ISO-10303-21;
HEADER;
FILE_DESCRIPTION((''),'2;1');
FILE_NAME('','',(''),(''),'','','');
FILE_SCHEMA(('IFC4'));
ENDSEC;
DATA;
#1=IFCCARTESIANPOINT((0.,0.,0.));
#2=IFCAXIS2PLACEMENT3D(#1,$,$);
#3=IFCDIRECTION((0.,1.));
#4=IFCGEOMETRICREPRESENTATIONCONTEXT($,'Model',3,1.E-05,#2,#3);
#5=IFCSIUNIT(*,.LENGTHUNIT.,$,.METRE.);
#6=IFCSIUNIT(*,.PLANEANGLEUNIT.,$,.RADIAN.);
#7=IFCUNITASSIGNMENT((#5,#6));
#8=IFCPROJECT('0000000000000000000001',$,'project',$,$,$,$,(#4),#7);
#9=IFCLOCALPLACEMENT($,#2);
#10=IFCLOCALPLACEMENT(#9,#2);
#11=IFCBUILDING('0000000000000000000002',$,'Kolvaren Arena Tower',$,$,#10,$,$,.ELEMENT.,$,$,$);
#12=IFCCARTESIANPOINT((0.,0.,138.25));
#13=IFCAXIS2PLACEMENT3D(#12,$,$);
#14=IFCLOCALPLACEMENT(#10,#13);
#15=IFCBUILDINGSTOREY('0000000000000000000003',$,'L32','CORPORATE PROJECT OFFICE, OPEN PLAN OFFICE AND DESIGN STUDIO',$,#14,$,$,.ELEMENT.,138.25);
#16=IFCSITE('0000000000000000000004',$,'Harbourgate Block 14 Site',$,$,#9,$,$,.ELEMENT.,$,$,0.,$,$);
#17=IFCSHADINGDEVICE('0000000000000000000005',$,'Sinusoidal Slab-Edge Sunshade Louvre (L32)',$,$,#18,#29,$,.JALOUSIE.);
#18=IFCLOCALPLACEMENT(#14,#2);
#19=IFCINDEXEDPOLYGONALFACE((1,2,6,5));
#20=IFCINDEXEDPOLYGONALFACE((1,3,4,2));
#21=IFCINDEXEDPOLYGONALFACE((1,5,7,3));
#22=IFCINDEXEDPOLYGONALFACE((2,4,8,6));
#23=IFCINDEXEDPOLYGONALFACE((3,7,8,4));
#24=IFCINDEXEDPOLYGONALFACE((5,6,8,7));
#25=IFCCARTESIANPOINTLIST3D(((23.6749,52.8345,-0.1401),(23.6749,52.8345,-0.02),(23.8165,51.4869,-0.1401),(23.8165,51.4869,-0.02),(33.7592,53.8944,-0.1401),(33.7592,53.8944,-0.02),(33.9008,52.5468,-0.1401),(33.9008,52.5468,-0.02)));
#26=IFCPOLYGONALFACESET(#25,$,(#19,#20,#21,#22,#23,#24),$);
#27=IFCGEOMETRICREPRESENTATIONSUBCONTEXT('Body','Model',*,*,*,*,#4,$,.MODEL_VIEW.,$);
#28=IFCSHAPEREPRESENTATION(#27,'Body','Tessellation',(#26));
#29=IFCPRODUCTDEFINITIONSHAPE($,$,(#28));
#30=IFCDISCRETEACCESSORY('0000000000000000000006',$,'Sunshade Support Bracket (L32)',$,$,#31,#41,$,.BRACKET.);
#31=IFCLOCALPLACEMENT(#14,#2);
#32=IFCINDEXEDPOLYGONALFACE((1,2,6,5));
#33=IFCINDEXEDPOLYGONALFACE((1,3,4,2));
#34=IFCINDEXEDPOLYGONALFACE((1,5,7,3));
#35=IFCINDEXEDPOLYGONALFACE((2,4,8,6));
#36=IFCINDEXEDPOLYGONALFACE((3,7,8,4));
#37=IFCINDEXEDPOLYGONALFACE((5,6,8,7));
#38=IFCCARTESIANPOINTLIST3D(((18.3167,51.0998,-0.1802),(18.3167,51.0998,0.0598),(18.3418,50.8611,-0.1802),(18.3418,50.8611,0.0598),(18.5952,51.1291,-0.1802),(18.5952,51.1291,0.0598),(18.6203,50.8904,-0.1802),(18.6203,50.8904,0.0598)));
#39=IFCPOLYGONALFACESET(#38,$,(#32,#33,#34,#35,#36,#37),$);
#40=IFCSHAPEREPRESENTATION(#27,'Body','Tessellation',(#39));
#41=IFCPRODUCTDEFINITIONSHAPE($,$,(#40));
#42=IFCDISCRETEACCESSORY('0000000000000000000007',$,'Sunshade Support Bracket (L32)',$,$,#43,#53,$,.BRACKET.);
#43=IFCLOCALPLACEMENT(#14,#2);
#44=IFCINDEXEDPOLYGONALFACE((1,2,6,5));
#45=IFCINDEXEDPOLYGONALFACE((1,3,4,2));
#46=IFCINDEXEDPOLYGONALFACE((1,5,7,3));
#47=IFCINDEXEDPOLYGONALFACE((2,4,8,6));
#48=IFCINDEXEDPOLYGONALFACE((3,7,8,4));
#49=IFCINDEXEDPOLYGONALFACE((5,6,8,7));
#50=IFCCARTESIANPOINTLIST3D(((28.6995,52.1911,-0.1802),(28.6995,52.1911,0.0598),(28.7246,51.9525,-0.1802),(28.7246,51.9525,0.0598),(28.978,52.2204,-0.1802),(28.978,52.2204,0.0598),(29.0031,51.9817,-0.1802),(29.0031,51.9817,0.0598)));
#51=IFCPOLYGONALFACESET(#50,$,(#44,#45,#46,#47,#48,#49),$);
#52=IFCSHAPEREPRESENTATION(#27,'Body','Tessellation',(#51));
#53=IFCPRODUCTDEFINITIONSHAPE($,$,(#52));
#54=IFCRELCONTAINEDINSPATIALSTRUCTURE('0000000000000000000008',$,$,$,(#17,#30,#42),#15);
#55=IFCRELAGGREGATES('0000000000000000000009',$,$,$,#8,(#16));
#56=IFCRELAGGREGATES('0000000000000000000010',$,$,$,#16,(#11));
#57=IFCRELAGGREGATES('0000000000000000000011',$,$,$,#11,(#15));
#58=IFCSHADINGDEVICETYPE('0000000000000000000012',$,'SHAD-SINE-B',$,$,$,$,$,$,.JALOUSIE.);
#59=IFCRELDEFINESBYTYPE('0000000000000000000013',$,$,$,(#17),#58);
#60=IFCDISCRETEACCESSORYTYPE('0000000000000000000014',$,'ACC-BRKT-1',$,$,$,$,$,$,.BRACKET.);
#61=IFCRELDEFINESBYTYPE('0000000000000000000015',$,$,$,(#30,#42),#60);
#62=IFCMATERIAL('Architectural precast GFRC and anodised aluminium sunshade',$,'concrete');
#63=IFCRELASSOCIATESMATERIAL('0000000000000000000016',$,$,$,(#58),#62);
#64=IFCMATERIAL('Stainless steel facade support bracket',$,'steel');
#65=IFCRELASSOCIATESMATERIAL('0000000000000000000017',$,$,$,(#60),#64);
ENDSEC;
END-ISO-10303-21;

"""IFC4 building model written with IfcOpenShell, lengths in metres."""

from ifc_helpers import new_model, si_unit, direction, frame, origin, origin_2d, place, context, subcontext, project, spatial, rectangle, extrude, material, type_object, element, save


model = new_model("IFC4")

# Units and contexts
model_context = context("Model", 3, precision=1e-05, world=origin(), true_north=direction((0.0, 1.0)))
body_context = subcontext(model_context, "Body", "Model", "MODEL_VIEW")
ifc_project = project(units=[si_unit("LENGTHUNIT", "METRE"), si_unit("PLANEANGLEUNIT", "RADIAN")], contexts=[model_context])

# Site, building, storey
site_placement = place(None, origin())
site = spatial("IfcSite", under=ifc_project, at=site_placement, Name="Harbourgate Block 14 Site", CompositionType="ELEMENT", RefElevation=0.0)
building_placement = place(site_placement, origin())
building = spatial("IfcBuilding", under=site, at=building_placement, Name="Kolvaren Arena Tower", CompositionType="ELEMENT")
storey_placement = place(building_placement, frame((0.0, 0.0, 138.25)))
storey = spatial("IfcBuildingStorey", under=building, at=storey_placement, Name="L32", Description="CORPORATE PROJECT OFFICE, OPEN PLAN OFFICE AND DESIGN STUDIO", CompositionType="ELEMENT", Elevation=138.25)

# Shading device
ifc_material_1 = material(Name="Architectural precast GFRC and anodised aluminium sunshade", Category="concrete")
shading_device_type = type_object("IfcShadingDeviceType", Name="SHAD-SINE-B", PredefinedType="JALOUSIE", material=ifc_material_1)
shading_device_1_placement = place(storey_placement, frame((28.7878, 52.6907, -0.1401), z_axis=(0.0, 0.0, 1.0), x_axis=(0.994522, 0.104527, 0.0)))
element("IfcShadingDevice", 1, at=shading_device_1_placement, inside=storey, type_object=shading_device_type, Name="Sinusoidal Slab-Edge Sunshade Louvre (L32)", PredefinedType="JALOUSIE", context=body_context, shape_type="SweptSolid", body=[
    extrude(rectangle(XDim=10.1399, YDim=1.355, at=origin_2d()), origin(), (0.0, 0.0, 1.0), 0.1201),
])

# Discrete accessories
ifc_material_2 = material(Name="Stainless steel facade support bracket", Category="steel")
discrete_accessory_type = type_object("IfcDiscreteAccessoryType", Name="ACC-BRKT-1", PredefinedType="BRACKET", material=ifc_material_2)
for number, where, z_axis, x_axis, name in (
    (2, (18.4685, 50.9951, -0.1802), (0.0, 0.0, 1.0), (0.994522, 0.104527, 0.0), "Sunshade Support Bracket (L32)"),
    (3, (28.8513, 52.0864, -0.1802), (0.0, 0.0, 1.0), (0.994522, 0.104527, 0.0), "Sunshade Support Bracket (L32)"),
):
    element("IfcDiscreteAccessory", number, at=place(storey_placement, frame(where, z_axis=z_axis, x_axis=x_axis)), inside=storey, type_object=discrete_accessory_type, Name=name, PredefinedType="BRACKET", context=body_context, shape_type="SweptSolid", body=[
        extrude(rectangle(XDim=0.28, YDim=0.24, at=origin_2d()), origin(), (0.0, 0.0, 1.0), 0.24),
    ])

save(model, "model.ifc")
